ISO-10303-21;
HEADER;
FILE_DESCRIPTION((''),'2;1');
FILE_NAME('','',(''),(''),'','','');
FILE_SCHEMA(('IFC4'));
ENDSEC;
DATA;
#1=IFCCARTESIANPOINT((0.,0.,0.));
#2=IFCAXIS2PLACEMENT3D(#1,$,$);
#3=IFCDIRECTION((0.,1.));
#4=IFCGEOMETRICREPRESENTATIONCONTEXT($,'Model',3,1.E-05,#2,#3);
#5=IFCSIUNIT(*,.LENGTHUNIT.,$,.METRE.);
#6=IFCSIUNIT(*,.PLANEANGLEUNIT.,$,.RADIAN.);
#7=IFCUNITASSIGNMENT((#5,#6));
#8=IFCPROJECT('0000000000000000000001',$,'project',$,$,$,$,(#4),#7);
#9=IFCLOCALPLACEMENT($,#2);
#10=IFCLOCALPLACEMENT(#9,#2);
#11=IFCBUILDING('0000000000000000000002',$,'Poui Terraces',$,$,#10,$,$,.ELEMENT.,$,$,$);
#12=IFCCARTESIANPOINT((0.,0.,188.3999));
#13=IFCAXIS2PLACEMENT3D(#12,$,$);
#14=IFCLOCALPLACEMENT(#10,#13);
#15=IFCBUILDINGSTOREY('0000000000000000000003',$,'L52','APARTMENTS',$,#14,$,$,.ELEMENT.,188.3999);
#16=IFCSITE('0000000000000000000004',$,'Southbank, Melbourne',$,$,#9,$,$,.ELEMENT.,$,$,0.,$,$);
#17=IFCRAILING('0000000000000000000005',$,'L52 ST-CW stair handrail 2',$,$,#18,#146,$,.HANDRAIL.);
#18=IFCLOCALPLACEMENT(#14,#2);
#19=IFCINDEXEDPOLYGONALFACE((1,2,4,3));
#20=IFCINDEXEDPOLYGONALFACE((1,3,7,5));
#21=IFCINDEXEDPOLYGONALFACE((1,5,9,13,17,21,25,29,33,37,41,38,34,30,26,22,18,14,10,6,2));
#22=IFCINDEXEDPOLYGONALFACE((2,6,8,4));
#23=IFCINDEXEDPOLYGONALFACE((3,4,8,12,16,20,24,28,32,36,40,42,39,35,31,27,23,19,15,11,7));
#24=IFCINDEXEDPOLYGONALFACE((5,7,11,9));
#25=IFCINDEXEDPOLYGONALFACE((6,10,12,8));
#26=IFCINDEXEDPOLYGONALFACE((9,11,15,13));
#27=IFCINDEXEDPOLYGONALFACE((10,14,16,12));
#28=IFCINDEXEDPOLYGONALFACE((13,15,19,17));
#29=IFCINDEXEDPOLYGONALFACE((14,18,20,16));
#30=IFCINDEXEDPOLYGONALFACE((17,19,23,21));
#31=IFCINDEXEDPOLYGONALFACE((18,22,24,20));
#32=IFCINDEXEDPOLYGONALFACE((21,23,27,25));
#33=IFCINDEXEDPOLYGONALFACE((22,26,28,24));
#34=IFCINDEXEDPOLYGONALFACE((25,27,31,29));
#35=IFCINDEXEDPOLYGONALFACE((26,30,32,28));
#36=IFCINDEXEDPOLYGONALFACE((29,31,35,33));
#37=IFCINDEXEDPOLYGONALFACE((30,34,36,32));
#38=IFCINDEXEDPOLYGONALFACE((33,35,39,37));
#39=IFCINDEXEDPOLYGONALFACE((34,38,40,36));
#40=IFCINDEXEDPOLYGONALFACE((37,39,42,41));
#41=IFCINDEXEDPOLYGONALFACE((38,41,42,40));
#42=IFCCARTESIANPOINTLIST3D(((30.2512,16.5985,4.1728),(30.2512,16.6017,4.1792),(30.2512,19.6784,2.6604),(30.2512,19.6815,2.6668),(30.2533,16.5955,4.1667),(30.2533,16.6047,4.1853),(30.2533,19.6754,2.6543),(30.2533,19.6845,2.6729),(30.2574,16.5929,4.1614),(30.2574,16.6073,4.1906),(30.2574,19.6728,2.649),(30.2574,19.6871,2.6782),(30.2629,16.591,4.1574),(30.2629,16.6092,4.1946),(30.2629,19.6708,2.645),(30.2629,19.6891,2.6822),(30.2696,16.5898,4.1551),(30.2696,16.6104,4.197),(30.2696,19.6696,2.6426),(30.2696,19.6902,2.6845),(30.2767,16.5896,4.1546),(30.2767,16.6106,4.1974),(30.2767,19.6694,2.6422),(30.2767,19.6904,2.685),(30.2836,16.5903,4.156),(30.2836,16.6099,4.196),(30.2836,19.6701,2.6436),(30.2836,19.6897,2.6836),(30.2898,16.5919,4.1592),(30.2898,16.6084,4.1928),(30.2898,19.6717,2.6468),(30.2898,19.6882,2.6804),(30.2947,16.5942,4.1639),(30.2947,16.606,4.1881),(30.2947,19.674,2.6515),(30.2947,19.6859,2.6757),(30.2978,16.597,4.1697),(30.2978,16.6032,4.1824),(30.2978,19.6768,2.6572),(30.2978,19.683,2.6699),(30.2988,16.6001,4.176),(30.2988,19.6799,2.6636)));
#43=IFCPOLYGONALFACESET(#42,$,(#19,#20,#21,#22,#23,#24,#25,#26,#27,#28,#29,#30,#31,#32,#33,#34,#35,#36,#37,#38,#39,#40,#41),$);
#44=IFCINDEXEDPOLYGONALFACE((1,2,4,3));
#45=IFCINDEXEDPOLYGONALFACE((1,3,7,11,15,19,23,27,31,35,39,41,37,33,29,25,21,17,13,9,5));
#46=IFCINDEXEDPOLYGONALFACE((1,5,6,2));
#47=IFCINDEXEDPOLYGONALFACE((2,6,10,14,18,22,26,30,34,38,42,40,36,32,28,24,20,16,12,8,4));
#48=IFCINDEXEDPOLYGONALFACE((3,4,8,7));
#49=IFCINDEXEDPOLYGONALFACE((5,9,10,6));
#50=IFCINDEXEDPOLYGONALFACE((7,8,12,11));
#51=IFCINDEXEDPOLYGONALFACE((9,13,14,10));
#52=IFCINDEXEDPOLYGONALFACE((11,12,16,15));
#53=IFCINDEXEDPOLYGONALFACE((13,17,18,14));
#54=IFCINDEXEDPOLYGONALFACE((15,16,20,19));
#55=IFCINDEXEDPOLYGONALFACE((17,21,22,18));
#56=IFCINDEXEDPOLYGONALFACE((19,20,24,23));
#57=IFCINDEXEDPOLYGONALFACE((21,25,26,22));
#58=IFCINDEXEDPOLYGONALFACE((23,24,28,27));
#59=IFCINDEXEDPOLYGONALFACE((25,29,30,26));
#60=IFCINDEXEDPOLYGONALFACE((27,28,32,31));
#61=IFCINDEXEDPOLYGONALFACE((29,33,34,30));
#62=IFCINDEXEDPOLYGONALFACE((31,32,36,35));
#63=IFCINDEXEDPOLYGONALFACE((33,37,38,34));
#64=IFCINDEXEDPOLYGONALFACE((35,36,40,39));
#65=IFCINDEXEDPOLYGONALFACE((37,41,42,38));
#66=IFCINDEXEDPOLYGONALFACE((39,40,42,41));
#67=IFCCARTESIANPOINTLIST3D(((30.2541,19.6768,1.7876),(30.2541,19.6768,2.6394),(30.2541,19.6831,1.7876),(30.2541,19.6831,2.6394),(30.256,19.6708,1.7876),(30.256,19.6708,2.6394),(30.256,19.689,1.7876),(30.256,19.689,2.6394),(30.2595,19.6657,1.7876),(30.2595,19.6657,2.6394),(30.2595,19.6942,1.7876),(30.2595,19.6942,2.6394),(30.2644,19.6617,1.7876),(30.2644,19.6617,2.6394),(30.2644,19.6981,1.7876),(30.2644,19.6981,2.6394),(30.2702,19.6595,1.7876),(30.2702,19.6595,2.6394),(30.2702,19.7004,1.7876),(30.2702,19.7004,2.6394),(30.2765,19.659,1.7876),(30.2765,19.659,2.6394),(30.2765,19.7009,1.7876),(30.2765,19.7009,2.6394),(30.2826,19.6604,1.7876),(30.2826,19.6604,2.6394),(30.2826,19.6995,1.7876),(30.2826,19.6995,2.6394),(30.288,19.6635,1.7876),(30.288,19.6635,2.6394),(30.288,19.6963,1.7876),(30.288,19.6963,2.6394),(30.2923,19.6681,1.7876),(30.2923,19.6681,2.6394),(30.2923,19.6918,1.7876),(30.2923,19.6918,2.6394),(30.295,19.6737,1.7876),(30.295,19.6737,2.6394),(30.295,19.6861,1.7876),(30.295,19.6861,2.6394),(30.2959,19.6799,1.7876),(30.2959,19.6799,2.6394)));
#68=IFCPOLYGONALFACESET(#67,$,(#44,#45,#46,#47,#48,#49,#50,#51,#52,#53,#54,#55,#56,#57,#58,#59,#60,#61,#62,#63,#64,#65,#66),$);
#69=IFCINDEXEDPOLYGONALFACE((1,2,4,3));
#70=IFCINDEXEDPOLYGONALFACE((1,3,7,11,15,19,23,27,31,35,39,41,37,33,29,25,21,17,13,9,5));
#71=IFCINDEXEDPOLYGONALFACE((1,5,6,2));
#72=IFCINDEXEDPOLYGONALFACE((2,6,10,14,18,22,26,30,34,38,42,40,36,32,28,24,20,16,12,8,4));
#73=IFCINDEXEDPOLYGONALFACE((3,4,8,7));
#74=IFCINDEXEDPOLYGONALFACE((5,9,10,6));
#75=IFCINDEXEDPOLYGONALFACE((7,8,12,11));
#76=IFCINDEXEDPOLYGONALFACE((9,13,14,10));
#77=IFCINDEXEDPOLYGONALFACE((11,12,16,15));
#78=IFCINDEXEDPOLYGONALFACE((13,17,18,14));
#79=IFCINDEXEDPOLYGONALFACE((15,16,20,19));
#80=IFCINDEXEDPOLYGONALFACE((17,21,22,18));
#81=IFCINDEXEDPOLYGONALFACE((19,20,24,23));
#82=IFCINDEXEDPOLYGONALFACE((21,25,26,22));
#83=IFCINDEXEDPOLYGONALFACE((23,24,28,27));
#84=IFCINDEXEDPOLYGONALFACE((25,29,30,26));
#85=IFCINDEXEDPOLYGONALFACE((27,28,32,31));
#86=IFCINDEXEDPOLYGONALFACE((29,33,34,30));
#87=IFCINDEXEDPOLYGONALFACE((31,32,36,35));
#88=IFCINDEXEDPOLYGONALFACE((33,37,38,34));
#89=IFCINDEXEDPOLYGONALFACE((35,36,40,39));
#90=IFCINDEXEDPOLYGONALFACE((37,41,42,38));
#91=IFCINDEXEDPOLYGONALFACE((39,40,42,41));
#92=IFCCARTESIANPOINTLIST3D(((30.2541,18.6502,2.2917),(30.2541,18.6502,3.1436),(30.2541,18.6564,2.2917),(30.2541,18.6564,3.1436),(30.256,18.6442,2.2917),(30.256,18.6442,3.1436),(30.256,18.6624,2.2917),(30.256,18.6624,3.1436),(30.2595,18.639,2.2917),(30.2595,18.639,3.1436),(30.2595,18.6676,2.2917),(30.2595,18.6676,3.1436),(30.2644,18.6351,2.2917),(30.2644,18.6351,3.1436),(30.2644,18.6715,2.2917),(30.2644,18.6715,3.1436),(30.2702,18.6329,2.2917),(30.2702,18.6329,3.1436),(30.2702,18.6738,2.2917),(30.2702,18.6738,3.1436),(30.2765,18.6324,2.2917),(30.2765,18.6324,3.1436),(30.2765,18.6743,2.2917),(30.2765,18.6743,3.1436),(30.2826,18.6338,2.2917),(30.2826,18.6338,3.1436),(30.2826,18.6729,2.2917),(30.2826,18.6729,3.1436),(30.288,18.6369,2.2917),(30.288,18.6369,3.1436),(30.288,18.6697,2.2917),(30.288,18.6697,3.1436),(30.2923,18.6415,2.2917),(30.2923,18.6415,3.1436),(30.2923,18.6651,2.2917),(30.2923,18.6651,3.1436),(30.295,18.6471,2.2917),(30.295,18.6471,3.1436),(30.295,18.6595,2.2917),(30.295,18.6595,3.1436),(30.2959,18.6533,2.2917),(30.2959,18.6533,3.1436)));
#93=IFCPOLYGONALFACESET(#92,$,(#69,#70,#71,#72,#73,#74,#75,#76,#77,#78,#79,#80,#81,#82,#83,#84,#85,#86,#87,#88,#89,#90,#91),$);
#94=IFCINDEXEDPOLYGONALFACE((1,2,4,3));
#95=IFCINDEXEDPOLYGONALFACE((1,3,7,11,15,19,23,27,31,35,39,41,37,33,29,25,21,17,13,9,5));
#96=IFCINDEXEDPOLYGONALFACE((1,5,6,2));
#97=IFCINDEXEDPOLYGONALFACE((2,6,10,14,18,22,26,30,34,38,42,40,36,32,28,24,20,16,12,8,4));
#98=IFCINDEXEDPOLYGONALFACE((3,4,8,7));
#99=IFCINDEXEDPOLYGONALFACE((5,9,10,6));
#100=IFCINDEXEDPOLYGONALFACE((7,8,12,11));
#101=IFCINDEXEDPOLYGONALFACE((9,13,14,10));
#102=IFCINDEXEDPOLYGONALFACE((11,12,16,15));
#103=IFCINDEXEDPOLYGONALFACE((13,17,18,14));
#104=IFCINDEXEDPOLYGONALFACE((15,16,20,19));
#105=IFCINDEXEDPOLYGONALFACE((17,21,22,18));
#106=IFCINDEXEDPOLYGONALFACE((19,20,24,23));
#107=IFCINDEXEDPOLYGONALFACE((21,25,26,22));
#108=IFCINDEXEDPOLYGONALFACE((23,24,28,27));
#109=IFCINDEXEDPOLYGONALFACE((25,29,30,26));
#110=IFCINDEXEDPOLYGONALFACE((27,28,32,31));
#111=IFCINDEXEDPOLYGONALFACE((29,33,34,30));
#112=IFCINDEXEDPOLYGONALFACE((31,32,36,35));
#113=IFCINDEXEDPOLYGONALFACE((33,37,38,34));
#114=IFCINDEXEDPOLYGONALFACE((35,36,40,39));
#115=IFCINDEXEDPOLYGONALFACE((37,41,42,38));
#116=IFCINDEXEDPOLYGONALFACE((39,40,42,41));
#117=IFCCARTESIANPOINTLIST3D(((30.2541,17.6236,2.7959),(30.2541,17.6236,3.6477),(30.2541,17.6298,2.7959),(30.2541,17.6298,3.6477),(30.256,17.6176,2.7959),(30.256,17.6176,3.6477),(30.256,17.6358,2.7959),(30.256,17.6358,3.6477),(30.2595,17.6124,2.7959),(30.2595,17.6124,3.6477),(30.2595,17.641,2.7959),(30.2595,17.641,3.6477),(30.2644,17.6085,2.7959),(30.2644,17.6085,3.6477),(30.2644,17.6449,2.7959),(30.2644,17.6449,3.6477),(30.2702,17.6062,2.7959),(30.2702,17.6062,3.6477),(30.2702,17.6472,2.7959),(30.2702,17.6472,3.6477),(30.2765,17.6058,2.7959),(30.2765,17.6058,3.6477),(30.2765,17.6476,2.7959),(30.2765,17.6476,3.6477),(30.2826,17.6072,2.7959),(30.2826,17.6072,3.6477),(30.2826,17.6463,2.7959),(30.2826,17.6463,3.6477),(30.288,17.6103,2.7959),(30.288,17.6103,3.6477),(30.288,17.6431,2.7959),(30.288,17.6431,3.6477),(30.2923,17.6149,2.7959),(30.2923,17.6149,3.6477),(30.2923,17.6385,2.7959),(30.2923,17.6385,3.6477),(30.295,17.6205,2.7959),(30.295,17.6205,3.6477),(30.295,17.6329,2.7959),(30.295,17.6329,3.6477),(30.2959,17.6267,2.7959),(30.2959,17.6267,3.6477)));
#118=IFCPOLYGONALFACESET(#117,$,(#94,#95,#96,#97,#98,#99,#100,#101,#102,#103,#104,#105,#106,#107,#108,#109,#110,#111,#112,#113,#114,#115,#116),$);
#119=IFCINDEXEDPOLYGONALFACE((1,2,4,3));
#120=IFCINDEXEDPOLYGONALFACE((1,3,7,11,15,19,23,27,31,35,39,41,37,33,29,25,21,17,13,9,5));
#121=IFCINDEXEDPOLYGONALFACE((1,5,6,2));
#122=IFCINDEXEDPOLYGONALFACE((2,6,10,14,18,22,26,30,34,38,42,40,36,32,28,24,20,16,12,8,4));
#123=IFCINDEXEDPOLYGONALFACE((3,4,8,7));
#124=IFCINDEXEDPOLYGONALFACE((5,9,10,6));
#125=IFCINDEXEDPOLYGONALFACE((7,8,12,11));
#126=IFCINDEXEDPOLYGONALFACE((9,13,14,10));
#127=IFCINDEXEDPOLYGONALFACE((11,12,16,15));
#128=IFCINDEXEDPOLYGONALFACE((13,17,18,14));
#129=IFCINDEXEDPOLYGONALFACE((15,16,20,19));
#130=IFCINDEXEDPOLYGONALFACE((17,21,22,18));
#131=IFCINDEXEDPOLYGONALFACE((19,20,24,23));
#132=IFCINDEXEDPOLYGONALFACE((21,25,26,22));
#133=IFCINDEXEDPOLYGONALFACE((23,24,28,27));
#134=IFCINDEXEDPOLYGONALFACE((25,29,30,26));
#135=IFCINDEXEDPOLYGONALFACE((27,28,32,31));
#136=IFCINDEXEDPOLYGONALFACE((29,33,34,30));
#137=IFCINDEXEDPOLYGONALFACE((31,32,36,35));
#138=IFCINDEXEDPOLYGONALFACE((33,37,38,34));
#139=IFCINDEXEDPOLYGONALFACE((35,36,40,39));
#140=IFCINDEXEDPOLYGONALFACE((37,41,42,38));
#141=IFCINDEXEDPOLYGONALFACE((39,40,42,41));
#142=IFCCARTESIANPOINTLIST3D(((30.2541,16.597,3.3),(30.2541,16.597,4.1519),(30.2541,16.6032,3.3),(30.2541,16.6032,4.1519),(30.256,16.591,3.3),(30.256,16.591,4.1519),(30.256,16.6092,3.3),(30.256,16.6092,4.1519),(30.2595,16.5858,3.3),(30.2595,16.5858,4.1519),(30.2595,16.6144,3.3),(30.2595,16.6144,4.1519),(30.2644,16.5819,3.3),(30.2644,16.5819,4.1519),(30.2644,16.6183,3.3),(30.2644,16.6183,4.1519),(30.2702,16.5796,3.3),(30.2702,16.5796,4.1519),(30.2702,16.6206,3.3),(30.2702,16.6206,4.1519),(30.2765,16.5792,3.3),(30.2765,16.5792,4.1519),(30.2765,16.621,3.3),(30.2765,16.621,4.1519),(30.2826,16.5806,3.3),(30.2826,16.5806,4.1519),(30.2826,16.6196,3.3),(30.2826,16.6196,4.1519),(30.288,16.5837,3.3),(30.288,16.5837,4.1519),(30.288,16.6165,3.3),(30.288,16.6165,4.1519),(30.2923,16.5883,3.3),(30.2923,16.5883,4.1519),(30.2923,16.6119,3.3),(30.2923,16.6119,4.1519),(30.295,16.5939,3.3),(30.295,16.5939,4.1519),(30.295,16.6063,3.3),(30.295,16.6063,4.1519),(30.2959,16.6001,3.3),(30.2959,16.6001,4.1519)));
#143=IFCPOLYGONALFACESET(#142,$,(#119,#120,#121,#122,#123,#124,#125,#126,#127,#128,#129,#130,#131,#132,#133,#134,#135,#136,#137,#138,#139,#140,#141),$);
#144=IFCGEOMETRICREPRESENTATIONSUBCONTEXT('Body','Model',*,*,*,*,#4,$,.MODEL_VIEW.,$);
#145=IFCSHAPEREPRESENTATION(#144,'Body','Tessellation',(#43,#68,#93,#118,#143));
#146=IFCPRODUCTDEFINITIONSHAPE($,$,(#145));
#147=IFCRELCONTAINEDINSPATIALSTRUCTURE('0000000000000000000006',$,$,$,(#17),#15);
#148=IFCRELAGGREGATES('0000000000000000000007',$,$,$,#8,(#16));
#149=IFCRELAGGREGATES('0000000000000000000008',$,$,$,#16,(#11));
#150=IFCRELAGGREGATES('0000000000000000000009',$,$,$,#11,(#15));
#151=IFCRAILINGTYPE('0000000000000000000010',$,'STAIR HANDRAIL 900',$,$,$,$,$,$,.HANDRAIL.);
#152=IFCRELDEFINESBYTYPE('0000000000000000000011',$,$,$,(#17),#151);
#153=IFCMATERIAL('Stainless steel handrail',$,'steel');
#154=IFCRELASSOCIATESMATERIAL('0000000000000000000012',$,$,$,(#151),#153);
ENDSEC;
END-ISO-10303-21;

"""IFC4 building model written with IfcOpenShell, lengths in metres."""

from ifc_helpers import new_model, si_unit, direction, frame, origin, origin_2d, place, context, subcontext, project, spatial, circle, extrude, material, type_object, element, save


model = new_model("IFC4")

# Units and contexts
model_context = context("Model", 3, precision=1e-05, world=origin(), true_north=direction((0.0, 1.0)))
body_context = subcontext(model_context, "Body", "Model", "MODEL_VIEW")
ifc_project = project(units=[si_unit("LENGTHUNIT", "METRE"), si_unit("PLANEANGLEUNIT", "RADIAN")], contexts=[model_context])

# Site, building, storey
site_placement = place(None, origin())
site = spatial("IfcSite", under=ifc_project, at=site_placement, Name="Southbank, Melbourne", CompositionType="ELEMENT", RefElevation=0.0)
building_placement = place(site_placement, origin())
building = spatial("IfcBuilding", under=site, at=building_placement, Name="Poui Terraces", CompositionType="ELEMENT")
storey_placement = place(building_placement, frame((0.0, 0.0, 188.3999)))
storey = spatial("IfcBuildingStorey", under=building, at=storey_placement, Name="L52", Description="APARTMENTS", CompositionType="ELEMENT", Elevation=188.3999)

# Railing
ifc_material_1 = material(Name="Stainless steel handrail", Category="steel")
railing_type_1 = type_object("IfcRailingType", Name="STAIR HANDRAIL 900", PredefinedType="HANDRAIL", material=ifc_material_1)
railing_1_placement = place(storey_placement, frame((30.2749, 19.6799, 1.7876)))
element("IfcRailing", 1, at=railing_1_placement, inside=storey, type_object=railing_type_1, Name="L52 ST-CW stair handrail 2", PredefinedType="HANDRAIL", context=body_context, shape_type="SweptSolid", body=[
    extrude(circle(Radius=0.0239, at=origin_2d()), frame((0.0, 0.0, 0.876), z_axis=(0.0, -0.897606, 0.440798), x_axis=(1.0, 0.0, 0.0)), (0.0, 0.0, 1.0), 3.4312),
    extrude(circle(Radius=0.021, at=origin_2d()), origin(), (0.0, 0.0, 1.0), 0.8518),
    extrude(circle(Radius=0.021, at=origin_2d()), frame((0.0, -1.0266, 0.5042)), (0.0, 0.0, 1.0), 0.8518),
    extrude(circle(Radius=0.021, at=origin_2d()), frame((0.0, -2.0532, 1.0083)), (0.0, 0.0, 1.0), 0.8518),
    extrude(circle(Radius=0.021, at=origin_2d()), frame((0.0, -3.0798, 1.5125)), (0.0, 0.0, 1.0), 0.8518),
])

save(model, "model.ifc")
